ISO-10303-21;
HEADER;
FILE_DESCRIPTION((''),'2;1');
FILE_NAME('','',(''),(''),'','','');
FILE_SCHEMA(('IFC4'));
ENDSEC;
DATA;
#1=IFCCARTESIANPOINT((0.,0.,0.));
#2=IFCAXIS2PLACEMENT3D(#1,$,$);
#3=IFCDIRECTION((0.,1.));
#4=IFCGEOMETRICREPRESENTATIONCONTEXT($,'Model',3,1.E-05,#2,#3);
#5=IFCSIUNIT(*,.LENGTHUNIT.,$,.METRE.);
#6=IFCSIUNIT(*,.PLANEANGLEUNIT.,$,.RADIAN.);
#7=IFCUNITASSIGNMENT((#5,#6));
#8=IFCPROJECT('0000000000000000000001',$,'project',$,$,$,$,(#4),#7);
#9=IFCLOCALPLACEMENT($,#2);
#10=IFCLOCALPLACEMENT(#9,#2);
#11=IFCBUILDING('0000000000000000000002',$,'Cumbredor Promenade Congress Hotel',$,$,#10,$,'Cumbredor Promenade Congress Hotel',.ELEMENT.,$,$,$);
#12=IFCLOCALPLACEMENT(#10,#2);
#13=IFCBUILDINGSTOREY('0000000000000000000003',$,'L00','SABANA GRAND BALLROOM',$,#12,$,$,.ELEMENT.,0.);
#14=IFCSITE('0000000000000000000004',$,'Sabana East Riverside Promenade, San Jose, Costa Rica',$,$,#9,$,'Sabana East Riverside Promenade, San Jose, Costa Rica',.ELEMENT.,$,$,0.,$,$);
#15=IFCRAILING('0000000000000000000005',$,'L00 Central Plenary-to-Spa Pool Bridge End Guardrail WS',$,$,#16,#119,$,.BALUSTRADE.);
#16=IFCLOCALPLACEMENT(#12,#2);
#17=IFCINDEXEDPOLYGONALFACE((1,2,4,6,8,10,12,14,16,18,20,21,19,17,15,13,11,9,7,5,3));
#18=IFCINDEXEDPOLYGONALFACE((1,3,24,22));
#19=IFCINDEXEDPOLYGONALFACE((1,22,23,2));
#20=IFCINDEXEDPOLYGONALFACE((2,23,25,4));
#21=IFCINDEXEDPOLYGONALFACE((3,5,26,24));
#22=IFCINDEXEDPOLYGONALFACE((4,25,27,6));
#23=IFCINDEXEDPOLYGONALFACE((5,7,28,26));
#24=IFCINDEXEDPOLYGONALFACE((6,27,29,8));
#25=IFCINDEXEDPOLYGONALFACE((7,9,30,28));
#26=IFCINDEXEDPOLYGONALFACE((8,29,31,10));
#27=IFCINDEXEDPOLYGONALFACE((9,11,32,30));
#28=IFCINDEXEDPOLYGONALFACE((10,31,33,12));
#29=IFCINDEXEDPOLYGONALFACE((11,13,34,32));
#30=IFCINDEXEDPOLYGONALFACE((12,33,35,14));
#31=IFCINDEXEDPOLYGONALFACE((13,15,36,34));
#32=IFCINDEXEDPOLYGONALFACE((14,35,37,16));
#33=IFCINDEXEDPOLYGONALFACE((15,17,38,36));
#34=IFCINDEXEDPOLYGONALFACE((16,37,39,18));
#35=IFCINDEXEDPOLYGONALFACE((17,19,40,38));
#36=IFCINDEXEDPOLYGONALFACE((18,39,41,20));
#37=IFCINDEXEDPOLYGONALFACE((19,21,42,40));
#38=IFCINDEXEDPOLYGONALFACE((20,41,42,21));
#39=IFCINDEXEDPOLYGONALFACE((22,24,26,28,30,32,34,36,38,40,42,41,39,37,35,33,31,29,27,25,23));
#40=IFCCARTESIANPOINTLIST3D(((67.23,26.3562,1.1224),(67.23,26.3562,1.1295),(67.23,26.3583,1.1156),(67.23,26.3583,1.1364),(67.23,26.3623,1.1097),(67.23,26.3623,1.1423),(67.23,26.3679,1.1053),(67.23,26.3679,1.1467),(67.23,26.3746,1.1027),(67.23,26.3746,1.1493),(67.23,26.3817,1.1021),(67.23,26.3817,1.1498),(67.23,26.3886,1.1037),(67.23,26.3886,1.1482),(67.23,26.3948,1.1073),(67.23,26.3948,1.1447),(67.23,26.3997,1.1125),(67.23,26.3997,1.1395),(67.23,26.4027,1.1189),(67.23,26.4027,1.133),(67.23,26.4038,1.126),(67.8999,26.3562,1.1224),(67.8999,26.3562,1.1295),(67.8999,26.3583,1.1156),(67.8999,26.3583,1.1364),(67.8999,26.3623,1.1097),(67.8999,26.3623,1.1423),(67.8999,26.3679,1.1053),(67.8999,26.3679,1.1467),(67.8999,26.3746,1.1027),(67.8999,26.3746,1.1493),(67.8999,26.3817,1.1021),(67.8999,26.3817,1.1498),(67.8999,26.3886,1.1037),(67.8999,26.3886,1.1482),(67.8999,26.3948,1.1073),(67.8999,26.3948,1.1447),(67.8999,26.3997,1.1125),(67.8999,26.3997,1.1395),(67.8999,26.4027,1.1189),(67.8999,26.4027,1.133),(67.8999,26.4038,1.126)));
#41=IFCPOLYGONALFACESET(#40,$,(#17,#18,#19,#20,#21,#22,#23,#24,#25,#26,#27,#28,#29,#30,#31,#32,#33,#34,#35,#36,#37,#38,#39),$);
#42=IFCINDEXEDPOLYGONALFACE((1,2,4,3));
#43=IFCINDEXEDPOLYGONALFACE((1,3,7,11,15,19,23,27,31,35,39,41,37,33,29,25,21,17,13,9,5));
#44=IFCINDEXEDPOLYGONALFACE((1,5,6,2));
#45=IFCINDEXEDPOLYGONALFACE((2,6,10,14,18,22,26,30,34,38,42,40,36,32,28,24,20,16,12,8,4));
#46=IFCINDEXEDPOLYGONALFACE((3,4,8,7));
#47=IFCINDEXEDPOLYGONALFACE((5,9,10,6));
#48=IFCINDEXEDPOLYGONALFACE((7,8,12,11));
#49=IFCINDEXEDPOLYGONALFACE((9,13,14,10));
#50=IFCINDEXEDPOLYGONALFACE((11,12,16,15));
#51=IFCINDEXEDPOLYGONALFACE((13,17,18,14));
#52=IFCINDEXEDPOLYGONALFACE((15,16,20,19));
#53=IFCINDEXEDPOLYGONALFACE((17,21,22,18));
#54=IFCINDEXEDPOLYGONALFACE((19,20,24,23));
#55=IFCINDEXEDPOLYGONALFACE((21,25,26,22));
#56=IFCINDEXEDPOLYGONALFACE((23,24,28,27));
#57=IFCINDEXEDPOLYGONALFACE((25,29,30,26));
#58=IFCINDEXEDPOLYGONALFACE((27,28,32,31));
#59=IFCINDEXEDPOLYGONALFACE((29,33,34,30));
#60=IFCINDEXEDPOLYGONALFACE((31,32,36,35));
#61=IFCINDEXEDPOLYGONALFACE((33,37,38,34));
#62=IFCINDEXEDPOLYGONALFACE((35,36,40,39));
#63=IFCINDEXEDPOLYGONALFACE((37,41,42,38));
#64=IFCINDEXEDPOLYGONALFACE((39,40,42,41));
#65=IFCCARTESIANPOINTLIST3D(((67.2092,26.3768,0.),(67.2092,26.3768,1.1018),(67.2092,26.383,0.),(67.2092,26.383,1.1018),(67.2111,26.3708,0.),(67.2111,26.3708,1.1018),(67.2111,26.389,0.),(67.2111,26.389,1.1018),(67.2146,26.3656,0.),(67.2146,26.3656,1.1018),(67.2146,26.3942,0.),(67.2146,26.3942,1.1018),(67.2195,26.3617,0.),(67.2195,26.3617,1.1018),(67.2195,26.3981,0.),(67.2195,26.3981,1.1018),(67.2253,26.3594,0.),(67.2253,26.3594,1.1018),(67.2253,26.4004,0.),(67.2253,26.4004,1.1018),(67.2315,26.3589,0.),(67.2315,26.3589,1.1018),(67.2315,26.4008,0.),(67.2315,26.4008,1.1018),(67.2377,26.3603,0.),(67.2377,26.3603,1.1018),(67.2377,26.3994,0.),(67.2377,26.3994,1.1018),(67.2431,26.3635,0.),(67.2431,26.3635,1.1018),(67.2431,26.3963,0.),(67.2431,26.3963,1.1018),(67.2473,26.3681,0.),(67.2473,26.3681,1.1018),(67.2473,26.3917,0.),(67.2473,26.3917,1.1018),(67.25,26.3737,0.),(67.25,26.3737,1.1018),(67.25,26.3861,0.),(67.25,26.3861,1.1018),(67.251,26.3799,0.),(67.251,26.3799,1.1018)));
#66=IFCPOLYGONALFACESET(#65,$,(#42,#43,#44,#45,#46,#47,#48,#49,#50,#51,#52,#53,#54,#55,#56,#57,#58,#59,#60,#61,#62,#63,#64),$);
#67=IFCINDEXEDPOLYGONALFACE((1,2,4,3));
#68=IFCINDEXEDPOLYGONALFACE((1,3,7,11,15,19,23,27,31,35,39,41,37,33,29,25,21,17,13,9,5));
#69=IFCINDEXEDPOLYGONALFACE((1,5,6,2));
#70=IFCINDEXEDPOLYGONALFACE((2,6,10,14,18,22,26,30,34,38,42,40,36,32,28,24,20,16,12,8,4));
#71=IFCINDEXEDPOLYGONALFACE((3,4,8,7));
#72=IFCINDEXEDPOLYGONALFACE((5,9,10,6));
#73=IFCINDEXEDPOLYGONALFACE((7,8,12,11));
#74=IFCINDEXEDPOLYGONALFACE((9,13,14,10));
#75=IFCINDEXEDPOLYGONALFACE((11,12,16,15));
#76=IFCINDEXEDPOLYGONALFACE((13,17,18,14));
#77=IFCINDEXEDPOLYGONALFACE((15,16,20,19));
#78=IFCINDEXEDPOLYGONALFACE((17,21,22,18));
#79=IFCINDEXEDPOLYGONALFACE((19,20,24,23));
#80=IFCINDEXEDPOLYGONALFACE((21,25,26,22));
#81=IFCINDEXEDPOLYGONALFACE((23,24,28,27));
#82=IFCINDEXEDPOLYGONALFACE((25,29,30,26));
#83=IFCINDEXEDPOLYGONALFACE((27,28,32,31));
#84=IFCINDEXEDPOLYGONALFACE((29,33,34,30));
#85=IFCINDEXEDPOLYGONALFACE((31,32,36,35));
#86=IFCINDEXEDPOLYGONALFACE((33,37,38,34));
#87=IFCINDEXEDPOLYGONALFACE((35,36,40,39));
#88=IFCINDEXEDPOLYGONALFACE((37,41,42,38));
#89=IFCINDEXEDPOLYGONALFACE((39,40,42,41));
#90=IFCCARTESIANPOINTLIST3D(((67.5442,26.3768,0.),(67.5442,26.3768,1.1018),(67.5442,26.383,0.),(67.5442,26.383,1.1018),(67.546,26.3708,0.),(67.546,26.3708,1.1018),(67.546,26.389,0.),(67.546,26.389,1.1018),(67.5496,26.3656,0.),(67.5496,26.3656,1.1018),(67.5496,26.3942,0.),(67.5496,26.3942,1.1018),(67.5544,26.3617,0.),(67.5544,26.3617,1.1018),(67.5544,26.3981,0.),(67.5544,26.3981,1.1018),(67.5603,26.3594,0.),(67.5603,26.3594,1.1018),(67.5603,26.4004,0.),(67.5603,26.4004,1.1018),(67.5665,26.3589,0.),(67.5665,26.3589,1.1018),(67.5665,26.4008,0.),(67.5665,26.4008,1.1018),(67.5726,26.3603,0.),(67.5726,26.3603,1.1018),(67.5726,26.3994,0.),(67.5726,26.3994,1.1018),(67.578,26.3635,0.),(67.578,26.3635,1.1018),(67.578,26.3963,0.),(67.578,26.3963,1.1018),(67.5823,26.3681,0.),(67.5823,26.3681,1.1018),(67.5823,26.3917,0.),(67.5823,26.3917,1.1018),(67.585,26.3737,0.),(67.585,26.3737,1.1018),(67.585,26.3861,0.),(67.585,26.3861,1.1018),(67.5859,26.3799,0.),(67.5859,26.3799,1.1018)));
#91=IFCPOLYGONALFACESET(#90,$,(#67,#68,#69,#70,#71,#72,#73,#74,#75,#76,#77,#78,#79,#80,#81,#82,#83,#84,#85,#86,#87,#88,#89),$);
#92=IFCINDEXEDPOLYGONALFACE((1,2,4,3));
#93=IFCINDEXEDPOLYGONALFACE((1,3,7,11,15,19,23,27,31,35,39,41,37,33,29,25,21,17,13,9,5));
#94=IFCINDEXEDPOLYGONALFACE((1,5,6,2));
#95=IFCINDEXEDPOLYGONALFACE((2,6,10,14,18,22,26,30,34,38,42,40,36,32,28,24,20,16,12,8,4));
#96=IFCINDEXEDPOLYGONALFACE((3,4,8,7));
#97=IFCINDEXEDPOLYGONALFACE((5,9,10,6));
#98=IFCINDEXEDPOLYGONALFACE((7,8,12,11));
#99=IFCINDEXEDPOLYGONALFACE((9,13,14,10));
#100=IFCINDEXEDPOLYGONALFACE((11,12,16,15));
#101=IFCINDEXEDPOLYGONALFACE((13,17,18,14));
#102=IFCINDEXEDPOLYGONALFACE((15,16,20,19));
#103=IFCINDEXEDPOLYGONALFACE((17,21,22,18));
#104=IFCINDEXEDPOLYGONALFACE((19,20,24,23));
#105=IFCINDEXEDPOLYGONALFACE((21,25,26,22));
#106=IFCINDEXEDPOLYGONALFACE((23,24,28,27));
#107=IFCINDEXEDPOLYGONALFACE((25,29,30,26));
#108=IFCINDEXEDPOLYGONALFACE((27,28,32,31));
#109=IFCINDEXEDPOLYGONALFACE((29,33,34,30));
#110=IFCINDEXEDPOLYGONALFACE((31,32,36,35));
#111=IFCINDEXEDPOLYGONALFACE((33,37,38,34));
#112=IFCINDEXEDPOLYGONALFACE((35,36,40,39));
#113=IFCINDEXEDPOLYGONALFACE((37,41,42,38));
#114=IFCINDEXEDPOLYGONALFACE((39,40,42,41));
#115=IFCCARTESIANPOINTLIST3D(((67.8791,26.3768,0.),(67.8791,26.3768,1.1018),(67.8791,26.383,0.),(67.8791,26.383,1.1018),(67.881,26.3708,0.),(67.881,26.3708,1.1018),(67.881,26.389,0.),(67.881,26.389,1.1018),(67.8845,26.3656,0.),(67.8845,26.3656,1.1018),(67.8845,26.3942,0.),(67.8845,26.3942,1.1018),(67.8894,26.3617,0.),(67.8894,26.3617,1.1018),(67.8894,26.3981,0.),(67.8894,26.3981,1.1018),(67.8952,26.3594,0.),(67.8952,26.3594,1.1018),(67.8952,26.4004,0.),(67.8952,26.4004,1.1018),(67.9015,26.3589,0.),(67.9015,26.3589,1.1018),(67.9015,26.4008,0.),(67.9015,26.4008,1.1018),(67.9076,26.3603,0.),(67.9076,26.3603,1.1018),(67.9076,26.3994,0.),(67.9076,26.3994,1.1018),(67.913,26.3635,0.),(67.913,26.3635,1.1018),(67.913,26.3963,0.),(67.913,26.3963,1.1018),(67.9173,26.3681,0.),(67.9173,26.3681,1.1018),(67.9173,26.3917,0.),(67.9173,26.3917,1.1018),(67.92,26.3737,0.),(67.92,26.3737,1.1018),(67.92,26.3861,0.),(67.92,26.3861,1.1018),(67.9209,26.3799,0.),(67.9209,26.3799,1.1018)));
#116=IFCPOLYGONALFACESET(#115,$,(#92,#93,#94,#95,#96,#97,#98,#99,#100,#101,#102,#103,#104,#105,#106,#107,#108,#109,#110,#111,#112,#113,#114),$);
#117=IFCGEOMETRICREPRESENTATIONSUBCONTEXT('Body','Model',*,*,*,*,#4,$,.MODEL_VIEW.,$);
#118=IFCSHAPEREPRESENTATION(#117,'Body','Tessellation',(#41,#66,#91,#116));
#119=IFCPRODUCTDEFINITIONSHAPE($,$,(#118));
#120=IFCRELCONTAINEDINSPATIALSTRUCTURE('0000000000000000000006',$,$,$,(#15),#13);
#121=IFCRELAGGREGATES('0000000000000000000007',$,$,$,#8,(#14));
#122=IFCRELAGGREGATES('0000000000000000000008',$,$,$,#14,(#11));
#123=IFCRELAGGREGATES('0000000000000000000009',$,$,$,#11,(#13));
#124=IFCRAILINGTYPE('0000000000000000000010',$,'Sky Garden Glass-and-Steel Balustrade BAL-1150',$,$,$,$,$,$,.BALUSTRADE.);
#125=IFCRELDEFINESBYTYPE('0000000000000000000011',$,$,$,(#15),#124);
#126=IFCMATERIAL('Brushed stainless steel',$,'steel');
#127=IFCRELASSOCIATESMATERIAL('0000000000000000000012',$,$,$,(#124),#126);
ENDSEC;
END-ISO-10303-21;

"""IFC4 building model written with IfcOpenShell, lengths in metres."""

from ifc_helpers import new_model, si_unit, direction, frame, origin, origin_2d, place, context, subcontext, project, spatial, circle, extrude, material, type_object, element, save


model = new_model("IFC4")

# Units and contexts
model_context = context("Model", 3, precision=1e-05, world=origin(), true_north=direction((0.0, 1.0)))
body_context = subcontext(model_context, "Body", "Model", "MODEL_VIEW")
ifc_project = project(units=[si_unit("LENGTHUNIT", "METRE"), si_unit("PLANEANGLEUNIT", "RADIAN")], contexts=[model_context])

# Site, building, storey
site_placement = place(None, origin())
site = spatial("IfcSite", under=ifc_project, at=site_placement, Name="Sabana East Riverside Promenade, San Jose, Costa Rica", LongName="Sabana East Riverside Promenade, San Jose, Costa Rica", CompositionType="ELEMENT", RefElevation=0.0)
building_placement = place(site_placement, origin())
building = spatial("IfcBuilding", under=site, at=building_placement, Name="Cumbredor Promenade Congress Hotel", LongName="Cumbredor Promenade Congress Hotel", CompositionType="ELEMENT")
storey_placement = place(building_placement, origin())
storey = spatial("IfcBuildingStorey", under=building, at=storey_placement, Name="L00", Description="SABANA GRAND BALLROOM", CompositionType="ELEMENT", Elevation=0.0)

# Railing
ifc_material_1 = material(Name="Brushed stainless steel", Category="steel")
railing_type = type_object("IfcRailingType", Name="Sky Garden Glass-and-Steel Balustrade BAL-1150", PredefinedType="BALUSTRADE", material=ifc_material_1)
railing_placement = place(storey_placement, frame((67.23, 26.3799, 0.0)))
element("IfcRailing", 1, at=railing_placement, inside=storey, type_object=railing_type, Name="L00 Central Plenary-to-Spa Pool Bridge End Guardrail WS", PredefinedType="BALUSTRADE", context=body_context, shape_type="SweptSolid", body=[
    extrude(circle(Radius=0.0239, at=origin_2d()), frame((0.0, 0.0, 1.126), z_axis=(1.0, 0.0, 0.0), x_axis=(0.0, 1.0, 0.0)), (0.0, 0.0, 1.0), 0.6699),
    extrude(circle(Radius=0.021, at=origin_2d()), origin(), (0.0, 0.0, 1.0), 1.1018),
    extrude(circle(Radius=0.021, at=origin_2d()), frame((0.335, 0.0, 0.0)), (0.0, 0.0, 1.0), 1.1018),
    extrude(circle(Radius=0.021, at=origin_2d()), frame((0.6699, 0.0, 0.0)), (0.0, 0.0, 1.0), 1.1018),
])

save(model, "model.ifc")
